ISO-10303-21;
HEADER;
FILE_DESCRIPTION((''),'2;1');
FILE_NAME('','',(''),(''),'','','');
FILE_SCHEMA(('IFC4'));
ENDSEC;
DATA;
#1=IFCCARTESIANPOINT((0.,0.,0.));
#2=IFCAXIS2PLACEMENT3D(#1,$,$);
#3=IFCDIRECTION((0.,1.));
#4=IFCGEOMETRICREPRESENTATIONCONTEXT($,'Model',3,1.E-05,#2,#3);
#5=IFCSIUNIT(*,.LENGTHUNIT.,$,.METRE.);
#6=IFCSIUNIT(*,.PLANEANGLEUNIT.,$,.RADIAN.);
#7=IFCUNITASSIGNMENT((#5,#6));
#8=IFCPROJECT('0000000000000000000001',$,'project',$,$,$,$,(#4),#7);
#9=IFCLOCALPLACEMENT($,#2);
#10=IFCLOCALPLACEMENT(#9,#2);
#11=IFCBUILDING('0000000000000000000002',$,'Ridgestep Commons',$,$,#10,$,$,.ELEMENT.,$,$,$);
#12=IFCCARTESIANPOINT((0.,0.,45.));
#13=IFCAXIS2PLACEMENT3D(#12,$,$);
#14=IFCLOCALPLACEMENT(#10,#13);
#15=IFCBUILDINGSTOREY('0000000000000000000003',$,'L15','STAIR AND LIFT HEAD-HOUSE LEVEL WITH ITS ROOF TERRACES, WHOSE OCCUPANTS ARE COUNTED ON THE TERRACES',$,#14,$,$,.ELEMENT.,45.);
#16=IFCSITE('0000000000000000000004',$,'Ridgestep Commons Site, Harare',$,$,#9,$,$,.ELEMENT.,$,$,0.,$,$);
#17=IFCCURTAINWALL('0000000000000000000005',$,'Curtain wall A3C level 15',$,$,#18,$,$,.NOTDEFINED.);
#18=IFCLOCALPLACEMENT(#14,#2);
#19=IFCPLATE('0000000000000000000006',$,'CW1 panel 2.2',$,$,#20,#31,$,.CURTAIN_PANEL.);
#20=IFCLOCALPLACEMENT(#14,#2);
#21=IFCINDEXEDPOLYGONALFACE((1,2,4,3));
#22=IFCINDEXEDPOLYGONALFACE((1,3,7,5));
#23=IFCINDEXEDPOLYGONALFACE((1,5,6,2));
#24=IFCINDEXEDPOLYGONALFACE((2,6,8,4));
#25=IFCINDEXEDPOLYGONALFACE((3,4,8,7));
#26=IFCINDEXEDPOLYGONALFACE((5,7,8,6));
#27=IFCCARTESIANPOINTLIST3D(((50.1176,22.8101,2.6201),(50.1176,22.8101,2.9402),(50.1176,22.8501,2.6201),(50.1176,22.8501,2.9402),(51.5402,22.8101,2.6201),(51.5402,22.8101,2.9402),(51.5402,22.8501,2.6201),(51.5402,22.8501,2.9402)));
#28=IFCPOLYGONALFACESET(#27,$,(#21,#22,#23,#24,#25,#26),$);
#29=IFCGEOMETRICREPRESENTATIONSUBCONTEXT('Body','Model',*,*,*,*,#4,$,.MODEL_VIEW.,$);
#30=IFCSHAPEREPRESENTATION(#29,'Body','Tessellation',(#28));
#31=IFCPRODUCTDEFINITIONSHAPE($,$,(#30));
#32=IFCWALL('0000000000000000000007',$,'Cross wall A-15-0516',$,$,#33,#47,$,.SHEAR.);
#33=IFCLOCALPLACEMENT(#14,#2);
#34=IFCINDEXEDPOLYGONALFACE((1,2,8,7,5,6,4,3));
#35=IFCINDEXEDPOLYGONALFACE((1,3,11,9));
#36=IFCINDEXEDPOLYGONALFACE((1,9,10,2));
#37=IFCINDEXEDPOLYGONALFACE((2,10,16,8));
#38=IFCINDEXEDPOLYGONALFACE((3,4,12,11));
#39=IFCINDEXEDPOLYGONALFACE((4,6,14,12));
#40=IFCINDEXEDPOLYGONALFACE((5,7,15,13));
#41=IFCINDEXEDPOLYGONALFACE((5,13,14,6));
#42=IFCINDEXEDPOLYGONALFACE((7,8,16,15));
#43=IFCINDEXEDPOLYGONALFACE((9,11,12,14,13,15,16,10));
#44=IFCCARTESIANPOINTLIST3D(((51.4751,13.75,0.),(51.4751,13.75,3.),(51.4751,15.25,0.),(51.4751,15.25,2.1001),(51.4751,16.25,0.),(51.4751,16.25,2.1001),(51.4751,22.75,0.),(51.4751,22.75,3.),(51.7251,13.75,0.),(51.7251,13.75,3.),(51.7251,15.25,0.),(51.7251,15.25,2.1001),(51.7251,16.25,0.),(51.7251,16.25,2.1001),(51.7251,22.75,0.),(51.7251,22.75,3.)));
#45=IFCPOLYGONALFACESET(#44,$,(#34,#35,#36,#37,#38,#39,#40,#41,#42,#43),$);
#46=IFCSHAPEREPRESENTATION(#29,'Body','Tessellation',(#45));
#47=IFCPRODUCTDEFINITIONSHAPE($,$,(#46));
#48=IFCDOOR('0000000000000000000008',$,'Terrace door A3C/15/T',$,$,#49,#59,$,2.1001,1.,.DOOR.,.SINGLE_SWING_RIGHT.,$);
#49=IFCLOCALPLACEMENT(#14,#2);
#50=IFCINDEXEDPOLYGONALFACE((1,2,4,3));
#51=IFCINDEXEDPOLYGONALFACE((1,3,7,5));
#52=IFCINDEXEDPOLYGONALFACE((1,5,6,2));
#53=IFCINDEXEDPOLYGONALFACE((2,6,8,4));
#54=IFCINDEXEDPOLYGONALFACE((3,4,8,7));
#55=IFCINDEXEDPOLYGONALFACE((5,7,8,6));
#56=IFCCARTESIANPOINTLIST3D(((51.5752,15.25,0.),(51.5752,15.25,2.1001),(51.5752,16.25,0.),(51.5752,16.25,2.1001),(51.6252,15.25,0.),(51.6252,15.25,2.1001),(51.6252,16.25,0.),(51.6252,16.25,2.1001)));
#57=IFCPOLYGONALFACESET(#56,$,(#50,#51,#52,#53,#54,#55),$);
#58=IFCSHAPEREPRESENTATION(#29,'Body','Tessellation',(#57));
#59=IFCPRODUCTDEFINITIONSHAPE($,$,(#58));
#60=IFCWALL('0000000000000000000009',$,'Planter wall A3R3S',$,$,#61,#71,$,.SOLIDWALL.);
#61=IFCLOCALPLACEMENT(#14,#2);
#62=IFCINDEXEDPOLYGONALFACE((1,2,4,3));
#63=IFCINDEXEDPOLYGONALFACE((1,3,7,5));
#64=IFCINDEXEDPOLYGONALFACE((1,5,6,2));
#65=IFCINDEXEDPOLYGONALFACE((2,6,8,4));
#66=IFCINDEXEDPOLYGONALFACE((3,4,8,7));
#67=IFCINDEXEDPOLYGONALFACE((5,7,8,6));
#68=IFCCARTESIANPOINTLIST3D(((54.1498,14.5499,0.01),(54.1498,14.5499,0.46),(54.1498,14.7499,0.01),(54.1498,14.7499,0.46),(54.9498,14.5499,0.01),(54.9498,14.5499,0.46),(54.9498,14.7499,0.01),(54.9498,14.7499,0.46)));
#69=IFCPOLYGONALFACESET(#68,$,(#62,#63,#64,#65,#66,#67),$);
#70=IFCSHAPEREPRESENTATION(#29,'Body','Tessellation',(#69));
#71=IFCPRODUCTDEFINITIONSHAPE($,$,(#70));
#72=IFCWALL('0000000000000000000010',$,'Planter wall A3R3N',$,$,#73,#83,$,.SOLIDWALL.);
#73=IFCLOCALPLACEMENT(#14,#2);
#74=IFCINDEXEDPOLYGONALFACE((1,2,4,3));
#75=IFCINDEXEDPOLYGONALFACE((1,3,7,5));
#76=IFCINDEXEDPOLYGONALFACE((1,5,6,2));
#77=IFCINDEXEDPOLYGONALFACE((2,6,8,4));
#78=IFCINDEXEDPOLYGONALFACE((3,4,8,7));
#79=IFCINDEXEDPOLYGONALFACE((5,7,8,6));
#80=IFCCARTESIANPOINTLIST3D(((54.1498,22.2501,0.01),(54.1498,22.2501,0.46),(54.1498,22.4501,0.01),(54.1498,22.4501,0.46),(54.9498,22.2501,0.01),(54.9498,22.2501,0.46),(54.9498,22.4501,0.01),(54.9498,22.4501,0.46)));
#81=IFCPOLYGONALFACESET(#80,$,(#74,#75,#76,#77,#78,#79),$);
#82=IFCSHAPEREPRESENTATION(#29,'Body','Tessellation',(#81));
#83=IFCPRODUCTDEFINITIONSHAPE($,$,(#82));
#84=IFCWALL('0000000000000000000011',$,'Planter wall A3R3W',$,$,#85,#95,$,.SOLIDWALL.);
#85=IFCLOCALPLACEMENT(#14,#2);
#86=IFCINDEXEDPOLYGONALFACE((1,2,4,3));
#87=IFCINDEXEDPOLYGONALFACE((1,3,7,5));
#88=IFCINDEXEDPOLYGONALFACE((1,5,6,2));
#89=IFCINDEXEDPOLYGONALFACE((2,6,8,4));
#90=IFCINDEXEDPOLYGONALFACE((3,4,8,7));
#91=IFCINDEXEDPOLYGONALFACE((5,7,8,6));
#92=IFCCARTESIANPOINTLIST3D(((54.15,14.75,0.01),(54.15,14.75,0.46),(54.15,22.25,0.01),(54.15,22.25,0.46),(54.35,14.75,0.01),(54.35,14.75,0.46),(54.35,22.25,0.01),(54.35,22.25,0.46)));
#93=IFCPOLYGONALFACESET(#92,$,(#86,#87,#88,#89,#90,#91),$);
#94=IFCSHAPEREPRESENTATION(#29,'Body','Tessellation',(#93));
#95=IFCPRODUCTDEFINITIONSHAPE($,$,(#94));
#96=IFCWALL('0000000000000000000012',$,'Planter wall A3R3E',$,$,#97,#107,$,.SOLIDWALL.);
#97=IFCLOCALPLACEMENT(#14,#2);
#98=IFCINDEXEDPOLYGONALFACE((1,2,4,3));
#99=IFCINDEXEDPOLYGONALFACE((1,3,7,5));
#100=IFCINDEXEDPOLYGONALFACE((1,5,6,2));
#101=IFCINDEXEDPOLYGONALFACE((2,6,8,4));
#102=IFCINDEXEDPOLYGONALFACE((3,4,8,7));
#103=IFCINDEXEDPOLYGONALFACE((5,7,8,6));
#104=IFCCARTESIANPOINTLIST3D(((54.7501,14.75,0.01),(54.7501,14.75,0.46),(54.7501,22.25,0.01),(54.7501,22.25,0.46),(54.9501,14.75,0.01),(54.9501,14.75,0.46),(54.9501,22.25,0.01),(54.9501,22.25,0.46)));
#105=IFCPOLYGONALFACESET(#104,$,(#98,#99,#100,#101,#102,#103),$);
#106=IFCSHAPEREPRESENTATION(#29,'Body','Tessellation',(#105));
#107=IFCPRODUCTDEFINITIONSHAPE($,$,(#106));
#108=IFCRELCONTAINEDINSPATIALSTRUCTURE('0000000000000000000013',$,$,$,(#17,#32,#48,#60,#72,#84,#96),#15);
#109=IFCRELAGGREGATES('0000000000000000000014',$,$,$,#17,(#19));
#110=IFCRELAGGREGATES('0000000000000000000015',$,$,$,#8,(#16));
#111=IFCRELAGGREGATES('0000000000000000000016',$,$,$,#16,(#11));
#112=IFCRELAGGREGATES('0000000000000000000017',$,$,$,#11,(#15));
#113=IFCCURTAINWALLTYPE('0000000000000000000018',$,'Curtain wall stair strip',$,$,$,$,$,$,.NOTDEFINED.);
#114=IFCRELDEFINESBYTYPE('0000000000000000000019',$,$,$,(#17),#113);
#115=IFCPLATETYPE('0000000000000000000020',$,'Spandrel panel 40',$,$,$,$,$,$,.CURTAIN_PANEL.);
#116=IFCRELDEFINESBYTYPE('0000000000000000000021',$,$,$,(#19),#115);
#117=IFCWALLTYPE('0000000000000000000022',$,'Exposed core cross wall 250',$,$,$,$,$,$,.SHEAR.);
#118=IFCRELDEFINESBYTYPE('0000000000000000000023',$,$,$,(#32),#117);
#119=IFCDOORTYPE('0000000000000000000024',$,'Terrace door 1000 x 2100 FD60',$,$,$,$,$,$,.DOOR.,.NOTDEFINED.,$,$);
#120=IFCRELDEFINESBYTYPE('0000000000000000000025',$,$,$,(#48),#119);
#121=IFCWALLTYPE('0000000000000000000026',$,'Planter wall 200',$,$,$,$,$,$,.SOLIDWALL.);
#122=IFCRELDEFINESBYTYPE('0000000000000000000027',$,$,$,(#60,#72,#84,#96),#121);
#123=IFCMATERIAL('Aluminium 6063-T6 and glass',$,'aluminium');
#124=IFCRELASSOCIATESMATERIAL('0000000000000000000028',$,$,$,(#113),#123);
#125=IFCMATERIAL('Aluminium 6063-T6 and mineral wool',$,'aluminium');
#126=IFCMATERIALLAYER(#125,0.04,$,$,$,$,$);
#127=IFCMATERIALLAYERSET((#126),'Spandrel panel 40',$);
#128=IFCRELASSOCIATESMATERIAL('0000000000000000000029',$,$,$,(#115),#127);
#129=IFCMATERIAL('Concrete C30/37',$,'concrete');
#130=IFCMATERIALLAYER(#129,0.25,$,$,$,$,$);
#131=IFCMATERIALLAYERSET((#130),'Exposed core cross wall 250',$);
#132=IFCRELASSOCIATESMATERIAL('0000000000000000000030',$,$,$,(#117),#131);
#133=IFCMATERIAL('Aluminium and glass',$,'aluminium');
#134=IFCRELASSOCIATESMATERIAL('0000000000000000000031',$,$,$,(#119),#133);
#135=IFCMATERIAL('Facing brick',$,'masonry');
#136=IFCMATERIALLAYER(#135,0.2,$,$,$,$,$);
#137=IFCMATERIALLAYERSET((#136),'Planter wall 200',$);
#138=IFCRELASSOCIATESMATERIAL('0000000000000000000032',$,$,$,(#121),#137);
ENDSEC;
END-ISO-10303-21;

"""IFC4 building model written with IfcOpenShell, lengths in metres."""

from ifc_helpers import new_model, si_unit, direction, frame, frame_2d, origin, origin_2d, place, context, subcontext, project, spatial, rectangle, extrude, material, layer, layer_set, type_object, element, fill, aggregate, save


model = new_model("IFC4")

# Units and contexts
model_context = context("Model", 3, precision=1e-05, world=origin(), true_north=direction((0.0, 1.0)))
body_context = subcontext(model_context, "Body", "Model", "MODEL_VIEW")
ifc_project = project(units=[si_unit("LENGTHUNIT", "METRE"), si_unit("PLANEANGLEUNIT", "RADIAN")], contexts=[model_context])

# Site, building, storey
site_placement = place(None, origin())
site = spatial("IfcSite", under=ifc_project, at=site_placement, Name="Ridgestep Commons Site, Harare", CompositionType="ELEMENT", RefElevation=0.0)
building_placement = place(site_placement, origin())
building = spatial("IfcBuilding", under=site, at=building_placement, Name="Ridgestep Commons", CompositionType="ELEMENT")
storey_placement = place(building_placement, frame((0.0, 0.0, 45.0)))
storey = spatial("IfcBuildingStorey", under=building, at=storey_placement, Name="L15", Description="STAIR AND LIFT HEAD-HOUSE LEVEL WITH ITS ROOF TERRACES, WHOSE OCCUPANTS ARE COUNTED ON THE TERRACES", CompositionType="ELEMENT", Elevation=45.0)

# Curtain wall, plate
ifc_material_1 = material(Name="Aluminium 6063-T6 and glass", Category="aluminium")
curtain_wall_type = type_object("IfcCurtainWallType", Name="Curtain wall stair strip", PredefinedType="NOTDEFINED", material=ifc_material_1)
curtain_wall_placement = place(storey_placement, origin())
curtain_wall = element("IfcCurtainWall", 1, at=curtain_wall_placement, inside=storey, type_object=curtain_wall_type, Name="Curtain wall A3C level 15", PredefinedType="NOTDEFINED")
ifc_material_2 = material(Name="Aluminium 6063-T6 and mineral wool", Category="aluminium")
ifc_layer_1 = layer(ifc_material_2, 0.04)
ifc_layer_set_1 = layer_set([ifc_layer_1], Name="Spandrel panel 40")
plate_type_1 = type_object("IfcPlateType", Name="Spandrel panel 40", PredefinedType="CURTAIN_PANEL", material=ifc_layer_set_1)
plate_1_placement = place(storey_placement, frame((50.8289, 22.8301, 2.6201), z_axis=(0.0, 0.0, 1.0), x_axis=(1.0, 0.0, 0.0)))
plate_1 = element("IfcPlate", 2, at=plate_1_placement, type_object=plate_type_1, Name="CW1 panel 2.2", PredefinedType="CURTAIN_PANEL", context=body_context, shape_type="SweptSolid", body=[
    extrude(rectangle(XDim=1.4226, YDim=0.04, at=origin_2d()), origin(), (0.0, 0.0, 1.0), 0.3201),
])
aggregate(curtain_wall, [plate_1])

# Wall, opening, door
ifc_material_3 = material(Name="Concrete C30/37", Category="concrete")
ifc_layer_2 = layer(ifc_material_3, 0.25)
ifc_layer_set_2 = layer_set([ifc_layer_2], Name="Exposed core cross wall 250")
wall_type_1 = type_object("IfcWallType", Name="Exposed core cross wall 250", PredefinedType="SHEAR", material=ifc_layer_set_2)
wall_placement = place(storey_placement, frame((51.6001, 13.75, 0.0), z_axis=(0.0, 0.0, 1.0), x_axis=(0.0, 1.0, 0.0)))
wall = element("IfcWall", 3, at=wall_placement, inside=storey, type_object=wall_type_1, Name="Cross wall A-15-0516", PredefinedType="SHEAR", context=body_context, shape_type="SweptSolid", body=[
    extrude(rectangle(XDim=9.0, YDim=0.25, at=frame_2d((4.5, 0.0))), origin(), (0.0, 0.0, 1.0), 3.0),
])
opening_placement = place(wall_placement, frame((1.5, 0.0, 0.0)))
opening = element("IfcOpeningElement", 4, at=opening_placement, cuts=wall, PredefinedType="OPENING", context=body_context, shape_type="SweptSolid", body=[
    extrude(rectangle(XDim=1.0, YDim=2.1001, at=frame_2d((0.5, 1.05))), frame((0.0, 0.135, 0.0), z_axis=(0.0, -1.0, 0.0), x_axis=(1.0, 0.0, 0.0)), (0.0, 0.0, 1.0), 0.27),
])
ifc_material_4 = material(Name="Aluminium and glass", Category="aluminium")
door_type = type_object("IfcDoorType", Name="Terrace door 1000 x 2100 FD60", OperationType="NOTDEFINED", PredefinedType="DOOR", material=ifc_material_4)
door_placement = place(opening_placement, origin())
door = element("IfcDoor", 5, at=door_placement, inside=storey, type_object=door_type, Name="Terrace door A3C/15/T", OperationType="SINGLE_SWING_RIGHT", OverallHeight=2.1001, OverallWidth=1.0, PredefinedType="DOOR", context=body_context, shape_type="SweptSolid", body=[
    extrude(rectangle(XDim=1.0, YDim=2.1001, at=frame_2d((0.5, 1.05))), frame((0.0, 0.0249, 0.0), z_axis=(0.0, -1.0, 0.0), x_axis=(1.0, 0.0, 0.0)), (0.0, 0.0, 1.0), 0.05),
])
fill(opening, door)

# Walls
ifc_material_5 = material(Name="Facing brick", Category="masonry")
ifc_layer_3 = layer(ifc_material_5, 0.2)
ifc_layer_set_3 = layer_set([ifc_layer_3], Name="Planter wall 200")
wall_type_2 = type_object("IfcWallType", Name="Planter wall 200", PredefinedType="SOLIDWALL", material=ifc_layer_set_3)
for number, where, z_axis, x_axis, name in (
    (6, (54.1499, 14.6499, 0.01), (0.0, 0.0, 1.0), (1.0, 0.0, 0.0), "Planter wall A3R3S"),
    (7, (54.1499, 22.3501, 0.01), (0.0, 0.0, 1.0), (1.0, 0.0, 0.0), "Planter wall A3R3N"),
):
    element("IfcWall", number, at=place(storey_placement, frame(where, z_axis=z_axis, x_axis=x_axis)), inside=storey, type_object=wall_type_2, Name=name, PredefinedType="SOLIDWALL", context=body_context, shape_type="SweptSolid", body=[
        extrude(rectangle(XDim=0.8, YDim=0.2, at=frame_2d((0.3999, 0.0))), origin(), (0.0, 0.0, 1.0), 0.45),
    ])
for number, where, z_axis, x_axis, name in (
    (8, (54.25, 14.75, 0.01), (0.0, 0.0, 1.0), (0.0, 1.0, 0.0), "Planter wall A3R3W"),
    (9, (54.8501, 14.75, 0.01), (0.0, 0.0, 1.0), (0.0, 1.0, 0.0), "Planter wall A3R3E"),
):
    element("IfcWall", number, at=place(storey_placement, frame(where, z_axis=z_axis, x_axis=x_axis)), inside=storey, type_object=wall_type_2, Name=name, PredefinedType="SOLIDWALL", context=body_context, shape_type="SweptSolid", body=[
        extrude(rectangle(XDim=7.5, YDim=0.2, at=frame_2d((3.75, 0.0))), origin(), (0.0, 0.0, 1.0), 0.45),
    ])

save(model, "model.ifc")
